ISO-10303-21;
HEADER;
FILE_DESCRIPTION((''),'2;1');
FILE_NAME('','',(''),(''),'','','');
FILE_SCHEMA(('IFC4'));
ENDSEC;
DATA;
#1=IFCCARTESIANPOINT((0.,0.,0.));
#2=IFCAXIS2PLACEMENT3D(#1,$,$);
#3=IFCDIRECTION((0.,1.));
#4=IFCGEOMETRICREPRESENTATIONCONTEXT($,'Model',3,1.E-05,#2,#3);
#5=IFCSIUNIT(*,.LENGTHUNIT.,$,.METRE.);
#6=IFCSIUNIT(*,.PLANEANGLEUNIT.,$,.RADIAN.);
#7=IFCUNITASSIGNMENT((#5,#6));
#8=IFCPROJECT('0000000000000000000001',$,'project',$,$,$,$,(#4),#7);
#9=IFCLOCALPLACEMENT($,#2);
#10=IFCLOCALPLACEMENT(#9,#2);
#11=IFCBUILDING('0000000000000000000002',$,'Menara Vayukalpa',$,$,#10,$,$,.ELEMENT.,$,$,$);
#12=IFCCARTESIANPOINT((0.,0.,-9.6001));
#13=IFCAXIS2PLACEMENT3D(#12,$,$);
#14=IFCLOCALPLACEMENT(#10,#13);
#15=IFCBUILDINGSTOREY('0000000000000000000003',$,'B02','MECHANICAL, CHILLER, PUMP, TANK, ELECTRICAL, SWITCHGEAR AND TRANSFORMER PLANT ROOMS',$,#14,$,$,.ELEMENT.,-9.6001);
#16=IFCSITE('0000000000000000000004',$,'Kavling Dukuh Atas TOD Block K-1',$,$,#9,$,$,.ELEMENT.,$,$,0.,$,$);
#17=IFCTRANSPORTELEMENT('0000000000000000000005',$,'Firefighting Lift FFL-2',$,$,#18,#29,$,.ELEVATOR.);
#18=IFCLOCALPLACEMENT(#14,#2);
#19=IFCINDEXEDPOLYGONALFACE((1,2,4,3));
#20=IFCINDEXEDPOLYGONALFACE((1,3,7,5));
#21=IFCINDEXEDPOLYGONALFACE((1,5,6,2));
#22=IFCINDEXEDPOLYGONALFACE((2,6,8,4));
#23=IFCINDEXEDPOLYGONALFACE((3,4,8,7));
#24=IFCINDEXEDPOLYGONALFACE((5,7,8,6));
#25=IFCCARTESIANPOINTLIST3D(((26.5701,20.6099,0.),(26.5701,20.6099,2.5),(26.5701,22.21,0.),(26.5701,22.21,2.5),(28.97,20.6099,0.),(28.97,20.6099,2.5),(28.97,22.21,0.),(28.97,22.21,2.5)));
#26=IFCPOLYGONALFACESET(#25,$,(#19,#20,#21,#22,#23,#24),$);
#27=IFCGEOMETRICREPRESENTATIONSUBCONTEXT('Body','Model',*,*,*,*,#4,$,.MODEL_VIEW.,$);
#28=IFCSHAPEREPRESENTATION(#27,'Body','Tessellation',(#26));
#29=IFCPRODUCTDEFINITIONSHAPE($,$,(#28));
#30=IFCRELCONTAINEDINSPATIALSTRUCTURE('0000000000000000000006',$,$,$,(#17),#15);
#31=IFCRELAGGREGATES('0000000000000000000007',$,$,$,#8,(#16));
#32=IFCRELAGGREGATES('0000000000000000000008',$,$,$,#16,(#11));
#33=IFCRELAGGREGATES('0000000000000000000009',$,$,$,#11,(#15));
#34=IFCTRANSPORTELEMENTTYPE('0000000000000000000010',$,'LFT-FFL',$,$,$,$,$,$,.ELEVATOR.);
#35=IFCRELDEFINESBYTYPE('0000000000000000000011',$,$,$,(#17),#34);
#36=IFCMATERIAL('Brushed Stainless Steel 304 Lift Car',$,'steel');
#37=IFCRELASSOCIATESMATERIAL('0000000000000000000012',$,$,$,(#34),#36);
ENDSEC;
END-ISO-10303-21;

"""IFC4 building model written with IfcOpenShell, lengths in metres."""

from ifc_helpers import new_model, si_unit, direction, frame, origin, origin_2d, place, context, subcontext, project, spatial, rectangle, extrude, material, type_object, element, save


model = new_model("IFC4")

# Units and contexts
model_context = context("Model", 3, precision=1e-05, world=origin(), true_north=direction((0.0, 1.0)))
body_context = subcontext(model_context, "Body", "Model", "MODEL_VIEW")
ifc_project = project(units=[si_unit("LENGTHUNIT", "METRE"), si_unit("PLANEANGLEUNIT", "RADIAN")], contexts=[model_context])

# Site, building, storey
site_placement = place(None, origin())
site = spatial("IfcSite", under=ifc_project, at=site_placement, Name="Kavling Dukuh Atas TOD Block K-1", CompositionType="ELEMENT", RefElevation=0.0)
building_placement = place(site_placement, origin())
building = spatial("IfcBuilding", under=site, at=building_placement, Name="Menara Vayukalpa", CompositionType="ELEMENT")
storey_placement = place(building_placement, frame((0.0, 0.0, -9.6001)))
storey = spatial("IfcBuildingStorey", under=building, at=storey_placement, Name="B02", Description="MECHANICAL, CHILLER, PUMP, TANK, ELECTRICAL, SWITCHGEAR AND TRANSFORMER PLANT ROOMS", CompositionType="ELEMENT", Elevation=-9.6001)

# Transport element
ifc_material_1 = material(Name="Brushed Stainless Steel 304 Lift Car", Category="steel")
transport_element_type = type_object("IfcTransportElementType", Name="LFT-FFL", PredefinedType="ELEVATOR", material=ifc_material_1)
for number, where, z_axis, x_axis, name in (
    (1, (27.77, 21.4099, 0.0), (0.0, 0.0, 1.0), (1.0, 0.0, 0.0), "Firefighting Lift FFL-2"),
):
    element("IfcTransportElement", number, at=place(storey_placement, frame(where, z_axis=z_axis, x_axis=x_axis)), inside=storey, type_object=transport_element_type, Name=name, PredefinedType="ELEVATOR", context=body_context, shape_type="SweptSolid", body=[
        extrude(rectangle(XDim=2.3999, YDim=1.6001, at=origin_2d()), origin(), (0.0, 0.0, 1.0), 2.5),
    ])

save(model, "model.ifc")
